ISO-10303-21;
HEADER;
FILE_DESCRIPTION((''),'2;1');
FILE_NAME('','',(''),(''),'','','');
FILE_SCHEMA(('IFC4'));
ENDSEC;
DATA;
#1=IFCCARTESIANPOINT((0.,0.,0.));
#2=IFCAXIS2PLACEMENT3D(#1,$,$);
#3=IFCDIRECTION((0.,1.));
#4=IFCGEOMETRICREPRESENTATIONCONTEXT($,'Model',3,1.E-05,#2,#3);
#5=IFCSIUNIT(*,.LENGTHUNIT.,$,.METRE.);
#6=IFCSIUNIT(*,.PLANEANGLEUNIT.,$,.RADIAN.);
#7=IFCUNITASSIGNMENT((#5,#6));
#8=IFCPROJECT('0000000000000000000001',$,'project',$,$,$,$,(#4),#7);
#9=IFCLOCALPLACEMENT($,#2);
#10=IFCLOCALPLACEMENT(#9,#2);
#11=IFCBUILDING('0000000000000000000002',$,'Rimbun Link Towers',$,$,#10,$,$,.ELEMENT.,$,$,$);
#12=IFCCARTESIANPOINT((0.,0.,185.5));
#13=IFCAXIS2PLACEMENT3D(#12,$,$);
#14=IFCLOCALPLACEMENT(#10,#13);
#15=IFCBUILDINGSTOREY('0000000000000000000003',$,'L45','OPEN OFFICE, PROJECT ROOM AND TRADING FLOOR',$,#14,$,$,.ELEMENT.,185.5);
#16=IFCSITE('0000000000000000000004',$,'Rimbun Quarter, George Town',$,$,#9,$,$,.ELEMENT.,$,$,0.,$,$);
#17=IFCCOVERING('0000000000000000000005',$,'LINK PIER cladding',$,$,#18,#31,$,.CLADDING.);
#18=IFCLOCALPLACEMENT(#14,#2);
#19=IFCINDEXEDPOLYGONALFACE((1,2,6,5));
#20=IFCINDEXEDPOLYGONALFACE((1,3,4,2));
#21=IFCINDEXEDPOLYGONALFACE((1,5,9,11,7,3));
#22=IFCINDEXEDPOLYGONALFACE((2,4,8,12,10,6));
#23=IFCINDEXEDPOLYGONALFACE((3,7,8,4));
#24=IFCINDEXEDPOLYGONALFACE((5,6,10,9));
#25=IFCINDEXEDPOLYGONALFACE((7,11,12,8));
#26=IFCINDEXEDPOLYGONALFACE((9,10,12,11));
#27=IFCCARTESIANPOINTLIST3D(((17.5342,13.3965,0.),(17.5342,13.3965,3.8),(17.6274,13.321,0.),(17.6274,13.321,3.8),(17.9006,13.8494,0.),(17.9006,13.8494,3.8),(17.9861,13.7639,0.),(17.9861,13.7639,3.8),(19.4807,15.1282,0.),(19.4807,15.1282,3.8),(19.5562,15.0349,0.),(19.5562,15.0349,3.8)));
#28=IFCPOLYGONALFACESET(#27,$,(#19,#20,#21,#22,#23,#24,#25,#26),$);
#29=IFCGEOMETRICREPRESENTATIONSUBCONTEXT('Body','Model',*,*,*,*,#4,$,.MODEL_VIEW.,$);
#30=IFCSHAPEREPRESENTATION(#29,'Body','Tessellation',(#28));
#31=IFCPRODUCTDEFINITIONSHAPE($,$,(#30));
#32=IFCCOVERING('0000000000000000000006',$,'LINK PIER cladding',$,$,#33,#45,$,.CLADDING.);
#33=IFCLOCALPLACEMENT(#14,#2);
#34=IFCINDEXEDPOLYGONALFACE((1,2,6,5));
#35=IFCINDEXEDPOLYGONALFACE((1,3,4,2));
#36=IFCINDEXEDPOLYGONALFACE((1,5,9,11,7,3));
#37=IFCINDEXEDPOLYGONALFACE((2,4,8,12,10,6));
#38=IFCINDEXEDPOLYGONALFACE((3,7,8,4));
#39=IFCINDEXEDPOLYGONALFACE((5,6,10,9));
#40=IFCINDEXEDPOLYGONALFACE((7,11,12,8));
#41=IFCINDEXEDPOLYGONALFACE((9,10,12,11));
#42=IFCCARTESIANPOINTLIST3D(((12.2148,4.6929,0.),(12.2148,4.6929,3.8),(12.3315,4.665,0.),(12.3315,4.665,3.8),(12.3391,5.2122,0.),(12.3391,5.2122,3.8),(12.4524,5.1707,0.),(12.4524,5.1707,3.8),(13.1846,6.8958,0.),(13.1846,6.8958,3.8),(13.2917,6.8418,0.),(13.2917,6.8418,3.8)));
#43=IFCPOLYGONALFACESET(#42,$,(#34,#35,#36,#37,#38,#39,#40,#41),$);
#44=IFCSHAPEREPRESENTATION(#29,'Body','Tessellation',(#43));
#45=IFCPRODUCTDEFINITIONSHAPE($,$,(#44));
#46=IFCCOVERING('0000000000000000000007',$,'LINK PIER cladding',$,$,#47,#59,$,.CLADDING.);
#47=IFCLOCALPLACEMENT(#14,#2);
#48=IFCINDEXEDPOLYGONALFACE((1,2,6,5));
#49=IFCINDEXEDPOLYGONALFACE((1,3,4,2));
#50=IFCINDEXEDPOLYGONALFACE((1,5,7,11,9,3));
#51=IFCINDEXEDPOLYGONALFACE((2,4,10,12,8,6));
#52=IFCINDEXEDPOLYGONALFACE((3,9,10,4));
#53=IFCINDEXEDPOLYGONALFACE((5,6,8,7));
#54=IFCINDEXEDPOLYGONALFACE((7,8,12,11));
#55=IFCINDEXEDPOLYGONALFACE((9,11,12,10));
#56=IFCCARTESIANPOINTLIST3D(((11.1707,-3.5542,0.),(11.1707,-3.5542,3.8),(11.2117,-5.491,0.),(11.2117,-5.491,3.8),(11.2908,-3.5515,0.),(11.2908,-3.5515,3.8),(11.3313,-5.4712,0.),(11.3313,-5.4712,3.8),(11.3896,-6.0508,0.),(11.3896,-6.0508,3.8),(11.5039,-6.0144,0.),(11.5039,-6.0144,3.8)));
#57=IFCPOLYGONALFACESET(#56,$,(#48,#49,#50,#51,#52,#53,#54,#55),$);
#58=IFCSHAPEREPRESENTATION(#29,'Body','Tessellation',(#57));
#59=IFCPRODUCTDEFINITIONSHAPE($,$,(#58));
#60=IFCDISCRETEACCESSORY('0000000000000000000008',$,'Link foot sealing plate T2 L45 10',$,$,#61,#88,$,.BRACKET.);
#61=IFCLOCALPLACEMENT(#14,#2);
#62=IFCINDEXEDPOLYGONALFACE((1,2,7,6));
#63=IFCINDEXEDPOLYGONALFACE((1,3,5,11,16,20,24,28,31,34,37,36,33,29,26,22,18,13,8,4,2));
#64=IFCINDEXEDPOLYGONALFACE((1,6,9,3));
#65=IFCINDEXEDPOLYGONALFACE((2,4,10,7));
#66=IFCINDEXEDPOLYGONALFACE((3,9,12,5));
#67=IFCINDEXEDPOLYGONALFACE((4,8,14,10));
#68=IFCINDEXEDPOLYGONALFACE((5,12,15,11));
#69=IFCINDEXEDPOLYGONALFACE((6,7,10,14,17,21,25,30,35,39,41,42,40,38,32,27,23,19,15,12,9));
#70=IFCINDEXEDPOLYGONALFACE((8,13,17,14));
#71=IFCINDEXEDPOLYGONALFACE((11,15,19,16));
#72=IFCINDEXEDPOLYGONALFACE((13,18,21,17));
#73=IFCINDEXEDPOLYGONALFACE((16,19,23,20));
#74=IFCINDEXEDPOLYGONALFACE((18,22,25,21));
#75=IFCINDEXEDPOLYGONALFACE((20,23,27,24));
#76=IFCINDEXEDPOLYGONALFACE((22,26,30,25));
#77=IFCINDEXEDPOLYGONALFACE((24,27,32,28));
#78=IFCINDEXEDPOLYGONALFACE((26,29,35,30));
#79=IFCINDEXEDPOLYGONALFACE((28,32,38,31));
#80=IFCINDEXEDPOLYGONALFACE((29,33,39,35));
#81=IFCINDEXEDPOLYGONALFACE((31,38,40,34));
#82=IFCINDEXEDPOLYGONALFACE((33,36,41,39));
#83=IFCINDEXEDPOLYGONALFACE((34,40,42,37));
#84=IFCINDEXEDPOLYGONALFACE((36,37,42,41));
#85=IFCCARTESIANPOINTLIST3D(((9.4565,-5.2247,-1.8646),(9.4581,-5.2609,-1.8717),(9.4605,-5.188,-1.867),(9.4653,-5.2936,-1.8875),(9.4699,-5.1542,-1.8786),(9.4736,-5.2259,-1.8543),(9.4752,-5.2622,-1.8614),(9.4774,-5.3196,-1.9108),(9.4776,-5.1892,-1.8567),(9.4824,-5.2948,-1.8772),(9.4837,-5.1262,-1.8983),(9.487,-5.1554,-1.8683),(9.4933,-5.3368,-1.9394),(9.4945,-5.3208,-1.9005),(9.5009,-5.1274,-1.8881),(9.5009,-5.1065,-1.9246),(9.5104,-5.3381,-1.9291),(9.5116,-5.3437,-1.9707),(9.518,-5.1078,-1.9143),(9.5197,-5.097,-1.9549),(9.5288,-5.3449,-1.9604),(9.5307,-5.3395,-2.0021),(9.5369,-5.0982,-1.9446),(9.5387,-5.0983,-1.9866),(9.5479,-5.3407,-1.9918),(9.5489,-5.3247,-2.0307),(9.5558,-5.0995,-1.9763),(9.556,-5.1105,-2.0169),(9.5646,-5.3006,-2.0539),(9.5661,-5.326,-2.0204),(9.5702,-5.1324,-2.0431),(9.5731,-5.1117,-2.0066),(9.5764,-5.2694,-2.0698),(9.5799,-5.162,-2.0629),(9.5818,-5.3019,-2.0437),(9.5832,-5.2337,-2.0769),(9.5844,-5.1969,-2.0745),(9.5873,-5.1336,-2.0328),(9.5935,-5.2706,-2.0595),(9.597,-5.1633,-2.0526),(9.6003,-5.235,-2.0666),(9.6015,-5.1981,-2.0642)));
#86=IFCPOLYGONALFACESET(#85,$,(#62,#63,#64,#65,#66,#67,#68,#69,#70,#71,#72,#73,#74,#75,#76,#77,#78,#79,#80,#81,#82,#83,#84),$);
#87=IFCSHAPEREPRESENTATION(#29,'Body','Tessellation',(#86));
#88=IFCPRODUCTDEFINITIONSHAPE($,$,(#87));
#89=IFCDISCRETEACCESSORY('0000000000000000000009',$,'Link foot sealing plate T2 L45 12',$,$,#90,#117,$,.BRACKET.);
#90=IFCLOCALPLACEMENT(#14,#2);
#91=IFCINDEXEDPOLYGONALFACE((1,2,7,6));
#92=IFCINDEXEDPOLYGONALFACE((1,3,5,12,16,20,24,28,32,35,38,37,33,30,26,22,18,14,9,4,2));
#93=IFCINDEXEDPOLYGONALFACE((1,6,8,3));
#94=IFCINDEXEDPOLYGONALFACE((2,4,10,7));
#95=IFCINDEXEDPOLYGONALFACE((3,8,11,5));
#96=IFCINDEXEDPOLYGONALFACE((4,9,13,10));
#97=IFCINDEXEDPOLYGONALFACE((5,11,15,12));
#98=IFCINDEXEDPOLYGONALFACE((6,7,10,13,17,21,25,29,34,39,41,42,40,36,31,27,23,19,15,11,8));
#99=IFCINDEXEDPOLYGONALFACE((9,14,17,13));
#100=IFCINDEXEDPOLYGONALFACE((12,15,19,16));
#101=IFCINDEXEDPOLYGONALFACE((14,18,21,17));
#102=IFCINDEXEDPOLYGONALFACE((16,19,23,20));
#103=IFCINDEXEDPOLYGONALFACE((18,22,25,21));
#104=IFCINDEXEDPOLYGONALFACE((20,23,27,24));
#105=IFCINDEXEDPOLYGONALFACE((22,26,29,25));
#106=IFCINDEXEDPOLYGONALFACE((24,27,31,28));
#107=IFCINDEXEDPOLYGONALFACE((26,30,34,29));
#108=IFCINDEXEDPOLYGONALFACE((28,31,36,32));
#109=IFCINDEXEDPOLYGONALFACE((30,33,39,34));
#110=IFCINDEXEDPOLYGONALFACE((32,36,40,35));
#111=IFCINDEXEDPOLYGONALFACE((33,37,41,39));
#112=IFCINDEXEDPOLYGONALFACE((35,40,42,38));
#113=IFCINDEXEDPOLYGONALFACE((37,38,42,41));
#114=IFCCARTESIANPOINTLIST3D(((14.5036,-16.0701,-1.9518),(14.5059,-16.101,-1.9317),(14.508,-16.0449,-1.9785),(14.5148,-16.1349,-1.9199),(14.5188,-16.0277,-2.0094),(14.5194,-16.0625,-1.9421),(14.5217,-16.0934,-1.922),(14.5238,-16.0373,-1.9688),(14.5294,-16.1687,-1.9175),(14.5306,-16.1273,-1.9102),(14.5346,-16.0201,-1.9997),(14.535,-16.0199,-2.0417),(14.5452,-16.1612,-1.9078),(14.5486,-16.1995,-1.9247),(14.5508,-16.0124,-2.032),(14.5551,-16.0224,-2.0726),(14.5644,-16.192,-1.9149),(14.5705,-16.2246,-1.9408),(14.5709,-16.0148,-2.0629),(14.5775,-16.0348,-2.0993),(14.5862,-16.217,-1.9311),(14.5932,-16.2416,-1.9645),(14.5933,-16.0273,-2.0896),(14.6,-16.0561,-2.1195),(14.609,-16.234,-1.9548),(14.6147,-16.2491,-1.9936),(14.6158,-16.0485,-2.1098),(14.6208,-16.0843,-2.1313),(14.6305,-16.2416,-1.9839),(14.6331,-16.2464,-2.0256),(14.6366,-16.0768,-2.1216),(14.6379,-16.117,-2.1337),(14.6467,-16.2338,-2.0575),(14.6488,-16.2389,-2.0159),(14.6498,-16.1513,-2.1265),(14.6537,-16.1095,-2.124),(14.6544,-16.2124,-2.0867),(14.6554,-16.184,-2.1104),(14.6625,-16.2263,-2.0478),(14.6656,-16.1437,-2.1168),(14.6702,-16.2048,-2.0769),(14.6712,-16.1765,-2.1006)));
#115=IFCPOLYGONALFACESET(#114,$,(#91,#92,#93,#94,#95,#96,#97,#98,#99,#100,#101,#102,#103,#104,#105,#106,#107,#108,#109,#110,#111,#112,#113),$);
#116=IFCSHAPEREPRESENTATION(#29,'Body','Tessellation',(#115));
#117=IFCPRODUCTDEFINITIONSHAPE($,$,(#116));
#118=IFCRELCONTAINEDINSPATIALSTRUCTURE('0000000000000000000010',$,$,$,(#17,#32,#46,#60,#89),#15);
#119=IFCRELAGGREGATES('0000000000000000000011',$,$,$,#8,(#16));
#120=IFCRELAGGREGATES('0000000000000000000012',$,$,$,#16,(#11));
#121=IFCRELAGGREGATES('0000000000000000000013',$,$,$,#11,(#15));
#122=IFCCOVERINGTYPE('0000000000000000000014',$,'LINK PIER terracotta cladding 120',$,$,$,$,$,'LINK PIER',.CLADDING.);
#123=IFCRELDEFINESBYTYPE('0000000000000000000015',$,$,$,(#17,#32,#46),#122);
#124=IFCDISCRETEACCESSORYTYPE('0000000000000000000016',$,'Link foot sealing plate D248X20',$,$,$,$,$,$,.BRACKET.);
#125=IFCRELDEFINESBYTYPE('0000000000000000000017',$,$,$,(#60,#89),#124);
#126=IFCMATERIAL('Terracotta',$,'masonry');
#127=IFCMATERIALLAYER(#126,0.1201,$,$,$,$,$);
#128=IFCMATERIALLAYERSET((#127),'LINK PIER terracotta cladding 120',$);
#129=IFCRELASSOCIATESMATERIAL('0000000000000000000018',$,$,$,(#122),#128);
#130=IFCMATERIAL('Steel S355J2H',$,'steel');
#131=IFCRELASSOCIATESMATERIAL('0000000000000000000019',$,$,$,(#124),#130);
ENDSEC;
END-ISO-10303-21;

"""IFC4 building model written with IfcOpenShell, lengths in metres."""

from ifc_helpers import new_model, si_unit, direction, frame, origin, origin_2d, place, context, subcontext, project, spatial, polyline, circle, outline, extrude, material, layer, layer_set, material_profile, profile_set, type_object, element, save


model = new_model("IFC4")

# Units and contexts
model_context = context("Model", 3, precision=1e-05, world=origin(), true_north=direction((0.0, 1.0)))
body_context = subcontext(model_context, "Body", "Model", "MODEL_VIEW")
ifc_project = project(units=[si_unit("LENGTHUNIT", "METRE"), si_unit("PLANEANGLEUNIT", "RADIAN")], contexts=[model_context])

# Site, building, storey
site_placement = place(None, origin())
site = spatial("IfcSite", under=ifc_project, at=site_placement, Name="Rimbun Quarter, George Town", CompositionType="ELEMENT", RefElevation=0.0)
building_placement = place(site_placement, origin())
building = spatial("IfcBuilding", under=site, at=building_placement, Name="Rimbun Link Towers", CompositionType="ELEMENT")
storey_placement = place(building_placement, frame((0.0, 0.0, 185.5)))
storey = spatial("IfcBuildingStorey", under=building, at=storey_placement, Name="L45", Description="OPEN OFFICE, PROJECT ROOM AND TRADING FLOOR", CompositionType="ELEMENT", Elevation=185.5)

# Coverings
ifc_material_1 = material(Name="Terracotta", Category="masonry")
ifc_layer_1 = layer(ifc_material_1, 0.1201)
ifc_layer_set_1 = layer_set([ifc_layer_1], Name="LINK PIER terracotta cladding 120")
covering_type_1 = type_object("IfcCoveringType", Name="LINK PIER terracotta cladding 120", ElementType="LINK PIER", PredefinedType="CLADDING", material=ifc_layer_set_1)
covering_1_placement = place(storey_placement, origin())
element("IfcCovering", 1, at=covering_1_placement, inside=storey, type_object=covering_type_1, Name="LINK PIER cladding", PredefinedType="CLADDING", context=body_context, shape_type="SweptSolid", body=[
    extrude(outline(polyline([(17.6274, 13.321), (17.9861, 13.7639), (19.5562, 15.0349), (19.4807, 15.1282), (17.9006, 13.8494), (17.5342, 13.3965), (17.6274, 13.321)])), origin(), (0.0, 0.0, 1.0), 3.8),
])
covering_2_placement = place(storey_placement, origin())
element("IfcCovering", 2, at=covering_2_placement, inside=storey, type_object=covering_type_1, Name="LINK PIER cladding", PredefinedType="CLADDING", context=body_context, shape_type="SweptSolid", body=[
    extrude(outline(polyline([(12.3315, 4.665), (12.4524, 5.1707), (13.2917, 6.8418), (13.1846, 6.8958), (12.3391, 5.2122), (12.2148, 4.6929), (12.3315, 4.665)])), origin(), (0.0, 0.0, 1.0), 3.8),
])
covering_3_placement = place(storey_placement, origin())
element("IfcCovering", 3, at=covering_3_placement, inside=storey, type_object=covering_type_1, Name="LINK PIER cladding", PredefinedType="CLADDING", context=body_context, shape_type="SweptSolid", body=[
    extrude(outline(polyline([(11.5039, -6.0144), (11.3313, -5.4712), (11.2908, -3.5515), (11.1707, -3.5542), (11.2117, -5.491), (11.3896, -6.0508), (11.5039, -6.0144)])), origin(), (0.0, 0.0, 1.0), 3.8),
])

# Discrete accessories
ifc_material_2 = material(Name="Steel S355J2H", Category="steel")
ifc_material_profile_1 = material_profile(ifc_material_2, circle(Radius=0.124, at=origin_2d()), Name="PL D248")
ifc_profile_set_1 = profile_set([ifc_material_profile_1], Name="Steel S355J2H")
discrete_accessory_type = type_object("IfcDiscreteAccessoryType", Name="Link foot sealing plate D248X20", PredefinedType="BRACKET", material=ifc_profile_set_1)
for number, where, z_axis, x_axis, name in (
    (4, (9.5376, -5.2212, -1.9604), (-0.855889, 0.061135, -0.513533), (-0.071247, -0.997459, 0.0), "Link foot sealing plate T2 L45 10"),
    (5, (14.5955, -16.127, -2.0159), (-0.789053, -0.376318, -0.485571), (0.430473, -0.902604, 0.0), "Link foot sealing plate T2 L45 12"),
):
    element("IfcDiscreteAccessory", number, at=place(storey_placement, frame(where, z_axis=z_axis, x_axis=x_axis)), inside=storey, type_object=discrete_accessory_type, Name=name, PredefinedType="BRACKET", context=body_context, shape_type="SweptSolid", body=[
        extrude(circle(Radius=0.124, at=origin_2d()), origin(), (0.0, 0.0, 1.0), 0.02),
    ])

save(model, "model.ifc")
